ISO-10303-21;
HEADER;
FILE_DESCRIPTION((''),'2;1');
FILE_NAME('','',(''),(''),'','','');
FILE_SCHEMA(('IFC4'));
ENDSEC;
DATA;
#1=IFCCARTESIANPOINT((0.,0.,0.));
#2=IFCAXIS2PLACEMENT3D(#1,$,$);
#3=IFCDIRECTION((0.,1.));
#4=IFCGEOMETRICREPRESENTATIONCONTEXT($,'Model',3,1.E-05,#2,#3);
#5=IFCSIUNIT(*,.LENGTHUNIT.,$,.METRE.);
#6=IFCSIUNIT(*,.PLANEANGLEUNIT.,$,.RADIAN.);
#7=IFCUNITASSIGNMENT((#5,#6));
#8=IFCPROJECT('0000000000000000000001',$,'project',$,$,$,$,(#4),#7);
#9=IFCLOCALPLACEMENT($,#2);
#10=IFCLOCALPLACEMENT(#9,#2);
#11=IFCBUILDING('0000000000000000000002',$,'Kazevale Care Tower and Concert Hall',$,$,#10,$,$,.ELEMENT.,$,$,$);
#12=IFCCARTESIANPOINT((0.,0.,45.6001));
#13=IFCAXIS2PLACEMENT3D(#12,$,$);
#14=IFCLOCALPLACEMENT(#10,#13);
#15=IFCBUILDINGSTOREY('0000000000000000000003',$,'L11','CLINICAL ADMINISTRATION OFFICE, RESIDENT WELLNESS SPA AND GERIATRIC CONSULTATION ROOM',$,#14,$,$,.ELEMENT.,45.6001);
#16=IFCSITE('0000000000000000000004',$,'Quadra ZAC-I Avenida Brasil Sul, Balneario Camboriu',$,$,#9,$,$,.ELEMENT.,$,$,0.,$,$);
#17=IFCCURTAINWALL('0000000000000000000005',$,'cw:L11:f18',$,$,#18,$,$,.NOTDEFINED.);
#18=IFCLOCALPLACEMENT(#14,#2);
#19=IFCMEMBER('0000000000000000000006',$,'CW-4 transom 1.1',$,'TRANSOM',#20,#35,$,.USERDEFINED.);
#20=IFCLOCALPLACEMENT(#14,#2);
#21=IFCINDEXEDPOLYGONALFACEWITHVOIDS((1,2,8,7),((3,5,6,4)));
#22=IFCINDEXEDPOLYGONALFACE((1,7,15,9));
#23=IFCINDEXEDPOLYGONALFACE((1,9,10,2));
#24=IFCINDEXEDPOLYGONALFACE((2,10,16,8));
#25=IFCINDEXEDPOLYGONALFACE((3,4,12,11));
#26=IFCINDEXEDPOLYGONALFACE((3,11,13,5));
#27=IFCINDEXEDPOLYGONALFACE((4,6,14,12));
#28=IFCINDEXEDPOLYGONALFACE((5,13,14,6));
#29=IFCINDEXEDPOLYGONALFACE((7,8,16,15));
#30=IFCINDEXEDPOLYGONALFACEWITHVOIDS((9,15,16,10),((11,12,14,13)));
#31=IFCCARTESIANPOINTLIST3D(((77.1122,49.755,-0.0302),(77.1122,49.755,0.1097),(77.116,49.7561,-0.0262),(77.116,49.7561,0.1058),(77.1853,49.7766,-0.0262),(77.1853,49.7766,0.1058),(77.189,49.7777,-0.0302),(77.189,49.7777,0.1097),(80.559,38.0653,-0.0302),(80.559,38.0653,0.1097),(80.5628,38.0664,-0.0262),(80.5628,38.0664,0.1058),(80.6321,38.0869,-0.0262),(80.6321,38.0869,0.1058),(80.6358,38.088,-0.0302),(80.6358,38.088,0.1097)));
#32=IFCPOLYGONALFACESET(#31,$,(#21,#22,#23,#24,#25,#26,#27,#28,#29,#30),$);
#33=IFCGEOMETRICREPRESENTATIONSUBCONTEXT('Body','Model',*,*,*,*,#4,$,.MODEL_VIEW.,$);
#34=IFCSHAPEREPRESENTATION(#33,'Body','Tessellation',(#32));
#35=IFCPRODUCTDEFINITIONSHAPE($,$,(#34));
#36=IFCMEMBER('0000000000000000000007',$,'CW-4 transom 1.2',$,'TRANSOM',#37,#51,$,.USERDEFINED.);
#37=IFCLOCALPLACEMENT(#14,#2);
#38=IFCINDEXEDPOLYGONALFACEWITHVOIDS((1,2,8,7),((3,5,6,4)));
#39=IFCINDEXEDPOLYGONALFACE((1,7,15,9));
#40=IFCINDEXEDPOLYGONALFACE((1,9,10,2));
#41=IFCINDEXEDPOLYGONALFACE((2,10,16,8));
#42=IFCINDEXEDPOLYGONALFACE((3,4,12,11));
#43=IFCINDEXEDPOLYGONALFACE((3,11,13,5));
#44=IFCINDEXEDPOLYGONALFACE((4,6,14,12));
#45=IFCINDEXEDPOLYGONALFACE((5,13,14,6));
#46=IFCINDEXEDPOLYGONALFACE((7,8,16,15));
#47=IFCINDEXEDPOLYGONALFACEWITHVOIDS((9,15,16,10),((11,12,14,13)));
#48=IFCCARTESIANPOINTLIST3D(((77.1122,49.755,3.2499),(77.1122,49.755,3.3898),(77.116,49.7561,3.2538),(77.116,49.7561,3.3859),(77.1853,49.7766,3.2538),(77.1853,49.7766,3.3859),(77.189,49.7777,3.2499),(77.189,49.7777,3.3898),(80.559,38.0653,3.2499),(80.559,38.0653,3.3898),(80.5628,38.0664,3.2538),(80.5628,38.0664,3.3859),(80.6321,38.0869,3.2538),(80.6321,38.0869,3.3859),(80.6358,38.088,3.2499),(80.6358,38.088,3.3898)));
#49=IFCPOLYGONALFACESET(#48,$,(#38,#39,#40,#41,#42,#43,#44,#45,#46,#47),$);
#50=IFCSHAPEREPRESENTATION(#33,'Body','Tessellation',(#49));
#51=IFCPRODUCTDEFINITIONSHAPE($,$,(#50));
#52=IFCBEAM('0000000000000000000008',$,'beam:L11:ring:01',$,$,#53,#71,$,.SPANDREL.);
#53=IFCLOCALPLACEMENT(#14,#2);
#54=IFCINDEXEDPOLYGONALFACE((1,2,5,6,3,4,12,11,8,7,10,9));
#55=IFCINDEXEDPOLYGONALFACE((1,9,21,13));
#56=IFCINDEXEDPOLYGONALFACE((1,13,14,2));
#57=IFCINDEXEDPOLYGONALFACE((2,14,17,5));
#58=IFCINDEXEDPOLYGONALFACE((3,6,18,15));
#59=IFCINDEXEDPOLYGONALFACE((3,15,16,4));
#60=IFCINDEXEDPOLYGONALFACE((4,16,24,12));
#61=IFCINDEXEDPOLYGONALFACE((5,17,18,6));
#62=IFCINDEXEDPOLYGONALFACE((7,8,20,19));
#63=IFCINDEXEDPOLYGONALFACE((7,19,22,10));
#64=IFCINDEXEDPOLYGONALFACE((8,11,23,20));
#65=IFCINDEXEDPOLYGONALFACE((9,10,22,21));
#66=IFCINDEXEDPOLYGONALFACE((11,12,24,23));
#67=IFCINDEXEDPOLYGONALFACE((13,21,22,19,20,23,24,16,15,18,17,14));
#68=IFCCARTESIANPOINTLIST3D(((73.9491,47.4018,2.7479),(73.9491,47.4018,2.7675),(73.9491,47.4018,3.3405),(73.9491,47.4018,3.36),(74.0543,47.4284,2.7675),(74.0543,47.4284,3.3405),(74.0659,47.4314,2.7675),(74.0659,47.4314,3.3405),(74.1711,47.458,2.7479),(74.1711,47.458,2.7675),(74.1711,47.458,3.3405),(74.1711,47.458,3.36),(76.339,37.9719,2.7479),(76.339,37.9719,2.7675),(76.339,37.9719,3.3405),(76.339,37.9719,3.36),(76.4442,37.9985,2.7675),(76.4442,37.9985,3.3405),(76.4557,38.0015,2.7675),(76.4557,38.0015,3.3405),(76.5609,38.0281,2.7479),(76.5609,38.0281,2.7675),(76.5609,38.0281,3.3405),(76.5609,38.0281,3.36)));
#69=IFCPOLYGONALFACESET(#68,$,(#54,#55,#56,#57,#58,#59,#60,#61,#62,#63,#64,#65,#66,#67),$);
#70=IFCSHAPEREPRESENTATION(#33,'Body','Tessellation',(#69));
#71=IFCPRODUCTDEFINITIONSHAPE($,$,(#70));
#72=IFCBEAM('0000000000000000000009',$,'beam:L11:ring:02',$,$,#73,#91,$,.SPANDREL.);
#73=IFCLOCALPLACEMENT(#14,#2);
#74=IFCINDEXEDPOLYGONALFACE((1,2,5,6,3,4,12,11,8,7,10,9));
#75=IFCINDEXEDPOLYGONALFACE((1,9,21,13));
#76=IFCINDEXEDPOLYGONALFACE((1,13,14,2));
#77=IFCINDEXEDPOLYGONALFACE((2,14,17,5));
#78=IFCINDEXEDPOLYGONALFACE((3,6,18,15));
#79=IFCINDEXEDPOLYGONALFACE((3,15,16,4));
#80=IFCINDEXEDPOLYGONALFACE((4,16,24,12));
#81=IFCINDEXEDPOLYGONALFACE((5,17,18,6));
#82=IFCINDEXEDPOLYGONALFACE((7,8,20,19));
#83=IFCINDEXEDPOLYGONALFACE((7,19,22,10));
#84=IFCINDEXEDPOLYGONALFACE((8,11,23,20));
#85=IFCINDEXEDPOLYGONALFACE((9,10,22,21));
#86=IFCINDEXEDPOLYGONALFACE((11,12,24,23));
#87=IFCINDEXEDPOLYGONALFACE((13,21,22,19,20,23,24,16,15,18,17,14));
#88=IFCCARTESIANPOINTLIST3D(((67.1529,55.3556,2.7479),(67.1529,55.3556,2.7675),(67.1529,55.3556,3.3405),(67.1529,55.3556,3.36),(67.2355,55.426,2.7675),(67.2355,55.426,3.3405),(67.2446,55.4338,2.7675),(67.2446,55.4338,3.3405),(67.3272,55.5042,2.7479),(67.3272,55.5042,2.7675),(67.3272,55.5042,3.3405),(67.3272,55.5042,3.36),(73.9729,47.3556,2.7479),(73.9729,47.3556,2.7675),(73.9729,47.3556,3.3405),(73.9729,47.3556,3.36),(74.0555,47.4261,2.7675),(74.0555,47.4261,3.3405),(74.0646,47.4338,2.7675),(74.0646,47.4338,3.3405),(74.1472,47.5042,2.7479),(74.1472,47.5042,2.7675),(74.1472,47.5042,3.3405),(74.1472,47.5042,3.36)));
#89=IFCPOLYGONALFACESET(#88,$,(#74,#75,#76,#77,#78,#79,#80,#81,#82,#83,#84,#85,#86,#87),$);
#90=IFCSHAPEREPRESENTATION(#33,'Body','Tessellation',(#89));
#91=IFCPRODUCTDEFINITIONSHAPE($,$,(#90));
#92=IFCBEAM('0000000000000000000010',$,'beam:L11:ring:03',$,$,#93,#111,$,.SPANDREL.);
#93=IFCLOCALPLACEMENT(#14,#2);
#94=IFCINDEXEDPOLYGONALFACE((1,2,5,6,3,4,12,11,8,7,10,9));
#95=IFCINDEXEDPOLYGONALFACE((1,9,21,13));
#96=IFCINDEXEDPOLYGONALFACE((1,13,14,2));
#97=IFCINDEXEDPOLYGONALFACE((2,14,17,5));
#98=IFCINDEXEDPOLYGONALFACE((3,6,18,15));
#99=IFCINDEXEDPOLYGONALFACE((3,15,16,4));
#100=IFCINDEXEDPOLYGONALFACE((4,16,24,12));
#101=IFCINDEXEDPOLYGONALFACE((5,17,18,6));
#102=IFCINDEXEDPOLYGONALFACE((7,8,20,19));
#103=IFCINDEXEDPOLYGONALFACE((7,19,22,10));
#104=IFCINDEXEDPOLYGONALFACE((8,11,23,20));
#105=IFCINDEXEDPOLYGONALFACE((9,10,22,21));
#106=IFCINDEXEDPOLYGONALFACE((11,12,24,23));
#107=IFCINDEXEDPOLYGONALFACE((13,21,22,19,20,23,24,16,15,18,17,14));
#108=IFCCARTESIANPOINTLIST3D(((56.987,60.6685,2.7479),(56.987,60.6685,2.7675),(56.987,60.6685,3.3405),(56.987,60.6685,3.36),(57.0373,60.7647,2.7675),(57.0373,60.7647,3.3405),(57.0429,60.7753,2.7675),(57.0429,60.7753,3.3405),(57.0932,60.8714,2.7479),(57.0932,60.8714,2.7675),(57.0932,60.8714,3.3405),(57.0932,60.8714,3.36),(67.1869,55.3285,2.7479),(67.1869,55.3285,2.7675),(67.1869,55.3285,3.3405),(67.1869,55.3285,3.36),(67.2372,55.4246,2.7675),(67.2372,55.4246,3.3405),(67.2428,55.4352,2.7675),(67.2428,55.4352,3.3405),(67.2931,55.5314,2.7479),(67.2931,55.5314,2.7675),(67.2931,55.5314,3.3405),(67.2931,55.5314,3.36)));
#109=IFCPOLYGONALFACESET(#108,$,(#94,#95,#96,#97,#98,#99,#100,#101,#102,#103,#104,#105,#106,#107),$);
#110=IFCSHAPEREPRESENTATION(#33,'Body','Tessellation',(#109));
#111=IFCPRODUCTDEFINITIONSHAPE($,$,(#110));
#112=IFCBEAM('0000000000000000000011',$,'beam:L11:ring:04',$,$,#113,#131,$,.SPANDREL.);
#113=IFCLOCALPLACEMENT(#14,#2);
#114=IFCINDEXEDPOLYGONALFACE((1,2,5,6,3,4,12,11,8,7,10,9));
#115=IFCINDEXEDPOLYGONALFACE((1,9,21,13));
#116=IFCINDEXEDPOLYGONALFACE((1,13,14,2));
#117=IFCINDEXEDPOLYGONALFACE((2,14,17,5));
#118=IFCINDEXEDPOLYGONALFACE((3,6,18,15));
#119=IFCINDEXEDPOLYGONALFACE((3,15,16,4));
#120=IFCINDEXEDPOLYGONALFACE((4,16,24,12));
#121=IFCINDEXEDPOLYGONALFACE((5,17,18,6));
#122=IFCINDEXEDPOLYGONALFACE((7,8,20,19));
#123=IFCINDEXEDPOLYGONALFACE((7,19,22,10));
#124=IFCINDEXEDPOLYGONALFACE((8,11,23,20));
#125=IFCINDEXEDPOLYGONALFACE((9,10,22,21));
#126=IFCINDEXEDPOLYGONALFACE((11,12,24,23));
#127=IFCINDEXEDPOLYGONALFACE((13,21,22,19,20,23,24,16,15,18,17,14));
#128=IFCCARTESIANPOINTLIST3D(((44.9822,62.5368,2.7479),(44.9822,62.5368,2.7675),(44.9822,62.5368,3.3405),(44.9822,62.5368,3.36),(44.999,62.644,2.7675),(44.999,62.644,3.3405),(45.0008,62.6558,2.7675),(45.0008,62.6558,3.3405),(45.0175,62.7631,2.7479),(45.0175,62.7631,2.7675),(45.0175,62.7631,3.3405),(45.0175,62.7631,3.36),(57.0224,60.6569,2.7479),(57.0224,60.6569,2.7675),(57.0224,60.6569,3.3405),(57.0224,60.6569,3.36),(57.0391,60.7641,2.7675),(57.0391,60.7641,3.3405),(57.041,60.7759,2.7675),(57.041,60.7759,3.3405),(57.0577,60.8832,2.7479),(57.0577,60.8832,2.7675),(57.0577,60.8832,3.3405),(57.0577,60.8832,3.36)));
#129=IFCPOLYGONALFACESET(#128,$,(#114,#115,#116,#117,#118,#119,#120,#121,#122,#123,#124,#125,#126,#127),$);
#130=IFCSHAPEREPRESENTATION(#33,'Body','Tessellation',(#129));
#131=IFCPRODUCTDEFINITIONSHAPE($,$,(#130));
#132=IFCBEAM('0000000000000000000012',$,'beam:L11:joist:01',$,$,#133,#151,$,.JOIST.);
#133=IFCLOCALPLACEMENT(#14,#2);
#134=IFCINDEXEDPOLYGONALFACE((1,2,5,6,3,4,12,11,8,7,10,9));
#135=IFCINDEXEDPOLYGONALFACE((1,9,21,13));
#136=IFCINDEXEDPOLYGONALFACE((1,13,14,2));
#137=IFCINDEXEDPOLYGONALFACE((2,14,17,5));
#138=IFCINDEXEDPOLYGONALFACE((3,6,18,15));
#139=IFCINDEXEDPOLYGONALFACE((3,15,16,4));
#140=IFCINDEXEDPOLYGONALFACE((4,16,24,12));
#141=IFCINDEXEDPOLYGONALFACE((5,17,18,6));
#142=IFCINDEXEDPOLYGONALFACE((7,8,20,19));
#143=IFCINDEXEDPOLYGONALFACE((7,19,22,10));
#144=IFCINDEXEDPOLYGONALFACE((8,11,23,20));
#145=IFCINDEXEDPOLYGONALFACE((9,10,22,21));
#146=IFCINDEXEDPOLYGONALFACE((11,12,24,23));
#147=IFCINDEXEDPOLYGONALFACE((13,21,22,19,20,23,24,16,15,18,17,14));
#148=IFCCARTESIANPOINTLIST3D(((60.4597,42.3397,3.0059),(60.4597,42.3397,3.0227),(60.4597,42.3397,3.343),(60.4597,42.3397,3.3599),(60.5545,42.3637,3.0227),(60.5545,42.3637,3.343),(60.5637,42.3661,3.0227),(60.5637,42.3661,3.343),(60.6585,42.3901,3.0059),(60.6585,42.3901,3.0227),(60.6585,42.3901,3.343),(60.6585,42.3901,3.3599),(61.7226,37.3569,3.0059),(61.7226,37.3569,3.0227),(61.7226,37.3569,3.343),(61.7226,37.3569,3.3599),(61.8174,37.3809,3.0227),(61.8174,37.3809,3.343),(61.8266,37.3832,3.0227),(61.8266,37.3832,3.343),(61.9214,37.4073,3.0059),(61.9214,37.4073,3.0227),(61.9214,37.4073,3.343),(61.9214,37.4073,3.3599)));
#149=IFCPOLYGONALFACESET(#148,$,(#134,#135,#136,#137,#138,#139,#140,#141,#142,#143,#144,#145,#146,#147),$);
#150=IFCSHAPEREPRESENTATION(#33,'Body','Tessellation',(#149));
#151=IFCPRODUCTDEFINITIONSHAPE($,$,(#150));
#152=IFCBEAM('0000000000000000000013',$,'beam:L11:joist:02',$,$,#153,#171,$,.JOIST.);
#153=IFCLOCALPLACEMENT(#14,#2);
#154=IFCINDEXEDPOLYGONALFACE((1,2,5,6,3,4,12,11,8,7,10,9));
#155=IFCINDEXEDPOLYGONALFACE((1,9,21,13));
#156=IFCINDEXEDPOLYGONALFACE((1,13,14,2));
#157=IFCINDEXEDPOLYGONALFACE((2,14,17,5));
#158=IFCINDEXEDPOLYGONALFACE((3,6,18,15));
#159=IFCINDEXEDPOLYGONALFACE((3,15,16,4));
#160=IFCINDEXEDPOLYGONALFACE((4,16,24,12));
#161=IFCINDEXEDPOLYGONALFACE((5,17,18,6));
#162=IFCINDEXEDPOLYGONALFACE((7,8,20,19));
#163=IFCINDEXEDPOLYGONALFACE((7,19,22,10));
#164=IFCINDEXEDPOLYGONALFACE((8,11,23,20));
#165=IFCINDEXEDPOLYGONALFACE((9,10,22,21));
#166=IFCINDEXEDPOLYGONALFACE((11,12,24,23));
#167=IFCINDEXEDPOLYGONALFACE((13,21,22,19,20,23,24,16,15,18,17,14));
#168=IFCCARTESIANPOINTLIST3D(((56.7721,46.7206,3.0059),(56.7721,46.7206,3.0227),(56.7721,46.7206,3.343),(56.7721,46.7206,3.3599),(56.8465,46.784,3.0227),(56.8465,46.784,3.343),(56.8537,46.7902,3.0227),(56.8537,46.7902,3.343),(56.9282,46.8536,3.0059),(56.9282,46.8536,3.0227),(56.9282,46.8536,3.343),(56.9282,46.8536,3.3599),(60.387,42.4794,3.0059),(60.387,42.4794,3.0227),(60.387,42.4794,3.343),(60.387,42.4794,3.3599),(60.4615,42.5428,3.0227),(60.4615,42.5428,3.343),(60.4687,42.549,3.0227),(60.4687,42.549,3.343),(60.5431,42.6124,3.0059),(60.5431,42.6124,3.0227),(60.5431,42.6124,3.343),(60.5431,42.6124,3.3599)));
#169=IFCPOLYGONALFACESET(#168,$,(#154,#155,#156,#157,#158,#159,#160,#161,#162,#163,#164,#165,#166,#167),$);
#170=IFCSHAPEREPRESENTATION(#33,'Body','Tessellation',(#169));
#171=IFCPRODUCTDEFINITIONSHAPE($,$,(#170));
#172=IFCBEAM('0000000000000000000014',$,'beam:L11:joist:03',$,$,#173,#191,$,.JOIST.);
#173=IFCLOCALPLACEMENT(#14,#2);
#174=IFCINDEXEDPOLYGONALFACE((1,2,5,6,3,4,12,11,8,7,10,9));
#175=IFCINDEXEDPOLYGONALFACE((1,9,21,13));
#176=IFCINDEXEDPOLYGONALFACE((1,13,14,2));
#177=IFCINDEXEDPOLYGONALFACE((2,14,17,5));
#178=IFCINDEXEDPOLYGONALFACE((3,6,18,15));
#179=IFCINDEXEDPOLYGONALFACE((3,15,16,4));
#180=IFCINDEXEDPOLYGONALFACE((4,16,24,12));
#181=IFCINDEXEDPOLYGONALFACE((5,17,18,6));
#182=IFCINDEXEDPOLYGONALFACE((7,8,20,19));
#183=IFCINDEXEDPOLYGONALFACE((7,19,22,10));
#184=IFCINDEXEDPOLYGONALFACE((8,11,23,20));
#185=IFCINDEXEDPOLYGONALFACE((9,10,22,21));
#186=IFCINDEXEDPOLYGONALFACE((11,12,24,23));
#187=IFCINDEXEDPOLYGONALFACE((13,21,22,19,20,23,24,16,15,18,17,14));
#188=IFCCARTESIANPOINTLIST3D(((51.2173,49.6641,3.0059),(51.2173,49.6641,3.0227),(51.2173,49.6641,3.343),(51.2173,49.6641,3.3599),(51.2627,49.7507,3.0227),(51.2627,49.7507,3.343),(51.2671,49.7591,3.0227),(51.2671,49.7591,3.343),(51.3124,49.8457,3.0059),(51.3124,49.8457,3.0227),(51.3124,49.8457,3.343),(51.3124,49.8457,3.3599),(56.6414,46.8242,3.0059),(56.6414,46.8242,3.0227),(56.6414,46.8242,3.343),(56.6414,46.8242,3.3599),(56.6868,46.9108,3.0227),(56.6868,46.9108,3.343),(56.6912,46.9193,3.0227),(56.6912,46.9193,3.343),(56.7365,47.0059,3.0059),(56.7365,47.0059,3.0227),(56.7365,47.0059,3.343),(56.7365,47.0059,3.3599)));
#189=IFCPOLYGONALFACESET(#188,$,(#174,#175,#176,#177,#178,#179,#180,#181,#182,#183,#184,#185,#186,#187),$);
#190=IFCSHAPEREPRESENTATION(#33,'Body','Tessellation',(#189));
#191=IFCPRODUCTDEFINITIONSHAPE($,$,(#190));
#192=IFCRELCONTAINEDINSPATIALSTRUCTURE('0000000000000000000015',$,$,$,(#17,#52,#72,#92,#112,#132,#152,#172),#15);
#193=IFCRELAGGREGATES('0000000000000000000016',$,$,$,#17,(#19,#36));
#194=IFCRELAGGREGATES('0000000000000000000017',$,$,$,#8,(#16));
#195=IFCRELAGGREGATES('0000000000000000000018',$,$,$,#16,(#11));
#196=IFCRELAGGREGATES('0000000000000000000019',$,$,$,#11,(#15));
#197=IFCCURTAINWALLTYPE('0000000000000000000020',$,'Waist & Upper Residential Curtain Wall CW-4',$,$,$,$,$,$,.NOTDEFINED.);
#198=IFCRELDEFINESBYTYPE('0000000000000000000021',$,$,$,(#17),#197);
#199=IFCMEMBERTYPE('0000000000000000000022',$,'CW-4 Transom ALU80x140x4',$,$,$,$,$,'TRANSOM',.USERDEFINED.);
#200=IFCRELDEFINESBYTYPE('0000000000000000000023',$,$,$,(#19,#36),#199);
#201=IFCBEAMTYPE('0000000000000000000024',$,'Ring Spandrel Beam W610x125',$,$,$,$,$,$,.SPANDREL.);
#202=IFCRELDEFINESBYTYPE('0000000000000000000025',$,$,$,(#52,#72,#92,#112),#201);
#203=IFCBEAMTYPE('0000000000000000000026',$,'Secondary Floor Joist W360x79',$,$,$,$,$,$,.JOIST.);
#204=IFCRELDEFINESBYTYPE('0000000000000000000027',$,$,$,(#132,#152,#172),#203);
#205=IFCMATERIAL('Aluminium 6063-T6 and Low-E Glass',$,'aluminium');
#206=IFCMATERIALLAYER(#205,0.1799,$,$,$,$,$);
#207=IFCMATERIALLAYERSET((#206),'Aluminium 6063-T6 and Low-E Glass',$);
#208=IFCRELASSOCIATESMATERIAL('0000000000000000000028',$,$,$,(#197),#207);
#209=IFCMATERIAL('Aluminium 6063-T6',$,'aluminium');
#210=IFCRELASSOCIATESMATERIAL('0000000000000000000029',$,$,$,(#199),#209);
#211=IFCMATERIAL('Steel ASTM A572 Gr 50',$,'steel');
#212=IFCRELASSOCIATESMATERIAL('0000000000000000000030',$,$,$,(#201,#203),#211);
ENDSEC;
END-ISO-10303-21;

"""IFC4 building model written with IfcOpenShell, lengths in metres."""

from ifc_helpers import new_model, si_unit, direction, frame, origin, origin_2d, place, context, subcontext, project, spatial, hollow_rectangle, i_section, extrude, material, layer, layer_set, material_profile, profile_set, type_object, element, aggregate, save


model = new_model("IFC4")

# Units and contexts
model_context = context("Model", 3, precision=1e-05, world=origin(), true_north=direction((0.0, 1.0)))
body_context = subcontext(model_context, "Body", "Model", "MODEL_VIEW")
ifc_project = project(units=[si_unit("LENGTHUNIT", "METRE"), si_unit("PLANEANGLEUNIT", "RADIAN")], contexts=[model_context])

# Site, building, storey
site_placement = place(None, origin())
site = spatial("IfcSite", under=ifc_project, at=site_placement, Name="Quadra ZAC-I Avenida Brasil Sul, Balneario Camboriu", CompositionType="ELEMENT", RefElevation=0.0)
building_placement = place(site_placement, origin())
building = spatial("IfcBuilding", under=site, at=building_placement, Name="Kazevale Care Tower and Concert Hall", CompositionType="ELEMENT")
storey_placement = place(building_placement, frame((0.0, 0.0, 45.6001)))
storey = spatial("IfcBuildingStorey", under=building, at=storey_placement, Name="L11", Description="CLINICAL ADMINISTRATION OFFICE, RESIDENT WELLNESS SPA AND GERIATRIC CONSULTATION ROOM", CompositionType="ELEMENT", Elevation=45.6001)

# Shared definitions
ifc_material_1 = material(Name="Aluminium 6063-T6 and Low-E Glass", Category="aluminium")
ifc_material_2 = material(Name="Aluminium 6063-T6", Category="aluminium")

# Shared definitions
ifc_layer_1 = layer(ifc_material_1, 0.1799)
ifc_layer_set_1 = layer_set([ifc_layer_1], Name="Aluminium 6063-T6 and Low-E Glass")
curtain_wall_type_1 = type_object("IfcCurtainWallType", Name="Waist & Upper Residential Curtain Wall CW-4", PredefinedType="NOTDEFINED", material=ifc_layer_set_1)

# Curtain wall
curtain_wall_1_placement = place(storey_placement, origin())
curtain_wall_1 = element("IfcCurtainWall", 1, at=curtain_wall_1_placement, inside=storey, type_object=curtain_wall_type_1, Name="cw:L11:f18", PredefinedType="NOTDEFINED")

# Members
ifc_material_profile_1 = material_profile(ifc_material_2, hollow_rectangle(XDim=0.0801, YDim=0.1399, WallThickness=0.0039, at=origin_2d()), Name="ALU80x140x4")
ifc_profile_set_1 = profile_set([ifc_material_profile_1], Name="Aluminium 6063-T6")
member_type_1 = type_object("IfcMemberType", Name="CW-4 Transom ALU80x140x4", ElementType="TRANSOM", PredefinedType="USERDEFINED", material=ifc_profile_set_1)
member_1_placement = place(storey_placement, frame((77.1506, 49.7664, 0.0398), z_axis=(0.282818, -0.959174, 0.0), x_axis=(0.959174, 0.282818, 0.0)))
member_1 = element("IfcMember", 2, at=member_1_placement, type_object=member_type_1, Name="CW-4 transom 1.1", ObjectType="TRANSOM", PredefinedType="USERDEFINED", context=body_context, shape_type="SweptSolid", body=[
    extrude(hollow_rectangle(XDim=0.0801, YDim=0.1399, WallThickness=0.0039, at=origin_2d()), origin(), (0.0, 0.0, 1.0), 12.1873),
])
member_2_placement = place(storey_placement, frame((77.1506, 49.7664, 3.3198), z_axis=(0.282818, -0.959174, 0.0), x_axis=(0.959174, 0.282818, 0.0)))
member_2 = element("IfcMember", 3, at=member_2_placement, type_object=member_type_1, Name="CW-4 transom 1.2", ObjectType="TRANSOM", PredefinedType="USERDEFINED", context=body_context, shape_type="SweptSolid", body=[
    extrude(hollow_rectangle(XDim=0.0801, YDim=0.1399, WallThickness=0.0039, at=origin_2d()), origin(), (0.0, 0.0, 1.0), 12.1873),
])

# Beams
ifc_material_3 = material(Name="Steel ASTM A572 Gr 50", Category="steel")
ifc_material_profile_2 = material_profile(ifc_material_3, i_section(OverallWidth=0.229, OverallDepth=0.6121, WebThickness=0.012, FlangeThickness=0.0195, at=origin_2d()), Name="W610x125")
ifc_profile_set_2 = profile_set([ifc_material_profile_2], Name="Steel ASTM A572 Gr 50")
beam_type_1 = type_object("IfcBeamType", Name="Ring Spandrel Beam W610x125", PredefinedType="SPANDREL", material=ifc_profile_set_2)
beam_1_placement = place(storey_placement, frame((76.45, 38.0, 3.054), z_axis=(-0.24567, 0.969354, 0.0), x_axis=(-0.969354, -0.24567, 0.0)))
element("IfcBeam", 4, at=beam_1_placement, inside=storey, type_object=beam_type_1, Name="beam:L11:ring:01", PredefinedType="SPANDREL", context=body_context, shape_type="SweptSolid", body=[
    extrude(i_section(OverallWidth=0.229, OverallDepth=0.6121, WebThickness=0.012, FlangeThickness=0.0195, at=origin_2d()), origin(), (0.0, 0.0, 1.0), 9.728),
])
beam_2_placement = place(storey_placement, frame((74.0601, 47.4299, 3.054), z_axis=(-0.648756, 0.760996, 0.0), x_axis=(-0.760996, -0.648756, 0.0)))
element("IfcBeam", 5, at=beam_2_placement, inside=storey, type_object=beam_type_1, Name="beam:L11:ring:02", PredefinedType="SPANDREL", context=body_context, shape_type="SweptSolid", body=[
    extrude(i_section(OverallWidth=0.229, OverallDepth=0.6121, WebThickness=0.012, FlangeThickness=0.0195, at=origin_2d()), origin(), (0.0, 0.0, 1.0), 10.5125),
])
beam_3_placement = place(storey_placement, frame((67.24, 55.4299, 3.054), z_axis=(-0.885929, 0.46382, 0.0), x_axis=(-0.46382, -0.885929, 0.0)))
element("IfcBeam", 6, at=beam_3_placement, inside=storey, type_object=beam_type_1, Name="beam:L11:ring:03", PredefinedType="SPANDREL", context=body_context, shape_type="SweptSolid", body=[
    extrude(i_section(OverallWidth=0.229, OverallDepth=0.6121, WebThickness=0.012, FlangeThickness=0.0195, at=origin_2d()), origin(), (0.0, 0.0, 1.0), 11.5132),
])
beam_4_placement = place(storey_placement, frame((57.04, 60.77, 3.054), z_axis=(-0.988029, 0.154267, 0.0), x_axis=(-0.154267, -0.988029, 0.0)))
element("IfcBeam", 7, at=beam_4_placement, inside=storey, type_object=beam_type_1, Name="beam:L11:ring:04", PredefinedType="SPANDREL", context=body_context, shape_type="SweptSolid", body=[
    extrude(i_section(OverallWidth=0.229, OverallDepth=0.6121, WebThickness=0.012, FlangeThickness=0.0195, at=origin_2d()), origin(), (0.0, 0.0, 1.0), 12.186),
])
ifc_material_profile_3 = material_profile(ifc_material_3, i_section(OverallWidth=0.2051, OverallDepth=0.354, WebThickness=0.0095, FlangeThickness=0.0168, at=origin_2d()), Name="W360x79")
ifc_profile_set_3 = profile_set([ifc_material_profile_3], Name="Steel ASTM A572 Gr 50")
beam_type_2 = type_object("IfcBeamType", Name="Secondary Floor Joist W360x79", PredefinedType="JOIST", material=ifc_profile_set_3)
beam_5_placement = place(storey_placement, frame((61.822, 37.3821, 3.1829), z_axis=(-0.245686, 0.96935, 0.0), x_axis=(-0.96935, -0.245686, 0.0)))
element("IfcBeam", 8, at=beam_5_placement, inside=storey, type_object=beam_type_2, Name="beam:L11:joist:01", PredefinedType="JOIST", context=body_context, shape_type="SweptSolid", body=[
    extrude(i_section(OverallWidth=0.2051, OverallDepth=0.354, WebThickness=0.0095, FlangeThickness=0.0168, at=origin_2d()), origin(), (0.0, 0.0, 1.0), 5.1404),
])
beam_6_placement = place(storey_placement, frame((60.4651, 42.5459, 3.1829), z_axis=(-0.648686, 0.761057, 0.0), x_axis=(-0.761057, -0.648686, 0.0)))
element("IfcBeam", 9, at=beam_6_placement, inside=storey, type_object=beam_type_2, Name="beam:L11:joist:02", PredefinedType="JOIST", context=body_context, shape_type="SweptSolid", body=[
    extrude(i_section(OverallWidth=0.2051, OverallDepth=0.354, WebThickness=0.0095, FlangeThickness=0.0168, at=origin_2d()), origin(), (0.0, 0.0, 1.0), 5.5728),
])
beam_7_placement = place(storey_placement, frame((56.689, 46.915, 3.1829), z_axis=(-0.885921, 0.463836, 0.0), x_axis=(-0.463836, -0.885921, 0.0)))
element("IfcBeam", 10, at=beam_7_placement, inside=storey, type_object=beam_type_2, Name="beam:L11:joist:03", PredefinedType="JOIST", context=body_context, shape_type="SweptSolid", body=[
    extrude(i_section(OverallWidth=0.2051, OverallDepth=0.354, WebThickness=0.0095, FlangeThickness=0.0168, at=origin_2d()), origin(), (0.0, 0.0, 1.0), 6.1226),
])

aggregate(curtain_wall_1, [member_1, member_2])

save(model, "model.ifc")
